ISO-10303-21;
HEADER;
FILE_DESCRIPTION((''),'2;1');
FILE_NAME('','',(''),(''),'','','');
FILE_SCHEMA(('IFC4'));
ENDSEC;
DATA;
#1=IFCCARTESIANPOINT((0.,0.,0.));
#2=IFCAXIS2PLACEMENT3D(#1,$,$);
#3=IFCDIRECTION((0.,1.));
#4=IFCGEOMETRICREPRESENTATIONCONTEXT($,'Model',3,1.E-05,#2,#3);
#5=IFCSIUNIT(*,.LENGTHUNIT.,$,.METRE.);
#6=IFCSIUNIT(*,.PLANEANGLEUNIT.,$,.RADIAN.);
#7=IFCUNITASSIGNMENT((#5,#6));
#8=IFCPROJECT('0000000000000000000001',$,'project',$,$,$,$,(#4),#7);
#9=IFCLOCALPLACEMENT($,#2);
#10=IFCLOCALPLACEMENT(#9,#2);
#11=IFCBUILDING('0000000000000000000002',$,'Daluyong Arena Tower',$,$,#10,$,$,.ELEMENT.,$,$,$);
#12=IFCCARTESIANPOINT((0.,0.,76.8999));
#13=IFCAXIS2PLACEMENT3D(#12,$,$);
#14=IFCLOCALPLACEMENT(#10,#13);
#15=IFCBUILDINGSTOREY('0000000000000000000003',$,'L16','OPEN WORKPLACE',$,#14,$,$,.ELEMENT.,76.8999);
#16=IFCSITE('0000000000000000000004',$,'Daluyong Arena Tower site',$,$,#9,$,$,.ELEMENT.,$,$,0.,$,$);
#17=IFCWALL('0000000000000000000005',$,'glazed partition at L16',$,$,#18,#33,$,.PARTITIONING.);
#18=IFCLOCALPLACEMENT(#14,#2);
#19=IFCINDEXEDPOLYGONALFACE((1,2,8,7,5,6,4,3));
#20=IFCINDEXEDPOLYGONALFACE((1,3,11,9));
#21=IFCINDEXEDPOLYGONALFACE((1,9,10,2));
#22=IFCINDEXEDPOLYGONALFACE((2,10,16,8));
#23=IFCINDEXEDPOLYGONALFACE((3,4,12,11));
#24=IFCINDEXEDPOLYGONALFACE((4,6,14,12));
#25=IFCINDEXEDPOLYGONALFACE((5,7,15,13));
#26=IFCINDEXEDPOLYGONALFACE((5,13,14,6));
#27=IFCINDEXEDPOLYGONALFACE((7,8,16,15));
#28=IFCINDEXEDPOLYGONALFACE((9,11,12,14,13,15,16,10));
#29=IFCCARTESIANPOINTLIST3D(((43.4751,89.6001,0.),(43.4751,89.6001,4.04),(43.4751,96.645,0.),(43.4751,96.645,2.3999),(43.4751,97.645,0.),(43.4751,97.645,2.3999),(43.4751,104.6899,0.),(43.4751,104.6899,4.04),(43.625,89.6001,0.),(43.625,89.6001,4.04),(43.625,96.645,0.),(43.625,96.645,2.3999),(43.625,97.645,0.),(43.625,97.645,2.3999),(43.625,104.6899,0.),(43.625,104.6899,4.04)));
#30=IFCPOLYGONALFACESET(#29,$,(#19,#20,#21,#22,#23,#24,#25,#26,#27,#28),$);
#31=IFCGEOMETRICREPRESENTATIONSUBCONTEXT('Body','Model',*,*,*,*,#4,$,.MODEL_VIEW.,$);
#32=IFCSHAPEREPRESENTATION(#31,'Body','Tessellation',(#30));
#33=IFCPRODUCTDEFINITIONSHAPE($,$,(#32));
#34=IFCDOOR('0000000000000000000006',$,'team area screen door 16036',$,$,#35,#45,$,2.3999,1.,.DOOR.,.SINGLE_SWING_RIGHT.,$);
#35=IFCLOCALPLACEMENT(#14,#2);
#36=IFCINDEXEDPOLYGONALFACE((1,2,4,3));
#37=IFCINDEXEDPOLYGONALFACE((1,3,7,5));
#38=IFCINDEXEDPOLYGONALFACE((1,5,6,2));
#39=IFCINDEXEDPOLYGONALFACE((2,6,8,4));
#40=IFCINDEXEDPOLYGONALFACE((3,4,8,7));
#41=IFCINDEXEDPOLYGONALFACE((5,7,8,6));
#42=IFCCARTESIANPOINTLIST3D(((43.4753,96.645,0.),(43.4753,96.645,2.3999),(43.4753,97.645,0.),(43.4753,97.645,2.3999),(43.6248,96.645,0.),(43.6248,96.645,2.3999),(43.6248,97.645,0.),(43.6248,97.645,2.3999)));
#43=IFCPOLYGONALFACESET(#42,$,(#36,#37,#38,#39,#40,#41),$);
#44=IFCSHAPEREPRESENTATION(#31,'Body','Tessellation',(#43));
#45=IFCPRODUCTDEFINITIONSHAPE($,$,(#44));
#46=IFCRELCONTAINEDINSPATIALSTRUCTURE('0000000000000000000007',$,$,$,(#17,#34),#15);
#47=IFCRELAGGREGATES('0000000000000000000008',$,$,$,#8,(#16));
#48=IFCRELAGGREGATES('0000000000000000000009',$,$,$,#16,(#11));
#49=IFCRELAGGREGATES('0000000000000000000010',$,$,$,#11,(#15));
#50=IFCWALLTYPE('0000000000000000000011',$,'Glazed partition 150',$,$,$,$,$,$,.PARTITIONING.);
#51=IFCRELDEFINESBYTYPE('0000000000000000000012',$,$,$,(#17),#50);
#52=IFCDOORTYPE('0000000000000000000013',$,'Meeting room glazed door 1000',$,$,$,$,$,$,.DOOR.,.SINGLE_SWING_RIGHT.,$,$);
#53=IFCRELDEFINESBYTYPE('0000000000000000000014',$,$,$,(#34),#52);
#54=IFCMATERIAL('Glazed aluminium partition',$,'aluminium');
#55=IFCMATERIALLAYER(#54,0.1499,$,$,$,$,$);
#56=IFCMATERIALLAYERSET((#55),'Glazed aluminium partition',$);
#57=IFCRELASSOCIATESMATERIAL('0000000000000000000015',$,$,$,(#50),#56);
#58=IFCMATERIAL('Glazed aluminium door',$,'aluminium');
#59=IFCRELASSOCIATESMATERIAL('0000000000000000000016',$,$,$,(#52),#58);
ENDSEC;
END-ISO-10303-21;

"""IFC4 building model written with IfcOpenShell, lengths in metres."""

from ifc_helpers import new_model, si_unit, direction, frame, frame_2d, origin, place, context, subcontext, project, spatial, rectangle, extrude, material, layer, layer_set, type_object, element, fill, save


model = new_model("IFC4")

# Units and contexts
model_context = context("Model", 3, precision=1e-05, world=origin(), true_north=direction((0.0, 1.0)))
body_context = subcontext(model_context, "Body", "Model", "MODEL_VIEW")
ifc_project = project(units=[si_unit("LENGTHUNIT", "METRE"), si_unit("PLANEANGLEUNIT", "RADIAN")], contexts=[model_context])

# Site, building, storey
site_placement = place(None, origin())
site = spatial("IfcSite", under=ifc_project, at=site_placement, Name="Daluyong Arena Tower site", CompositionType="ELEMENT", RefElevation=0.0)
building_placement = place(site_placement, origin())
building = spatial("IfcBuilding", under=site, at=building_placement, Name="Daluyong Arena Tower", CompositionType="ELEMENT")
storey_placement = place(building_placement, frame((0.0, 0.0, 76.8999)))
storey = spatial("IfcBuildingStorey", under=building, at=storey_placement, Name="L16", Description="OPEN WORKPLACE", CompositionType="ELEMENT", Elevation=76.8999)

# Wall, opening, door
ifc_material_1 = material(Name="Glazed aluminium partition", Category="aluminium")
ifc_layer_1 = layer(ifc_material_1, 0.1499)
ifc_layer_set_1 = layer_set([ifc_layer_1], Name="Glazed aluminium partition")
wall_type_1 = type_object("IfcWallType", Name="Glazed partition 150", PredefinedType="PARTITIONING", material=ifc_layer_set_1)
wall_1_placement = place(storey_placement, frame((43.55, 89.6001, 0.0), z_axis=(0.0, 0.0, 1.0), x_axis=(0.0, 1.0, 0.0)))
wall_1 = element("IfcWall", 1, at=wall_1_placement, inside=storey, type_object=wall_type_1, Name="glazed partition at L16", PredefinedType="PARTITIONING", context=body_context, shape_type="SweptSolid", body=[
    extrude(rectangle(XDim=15.0898, YDim=0.1499, at=frame_2d((7.5449, 0.0))), origin(), (0.0, 0.0, 1.0), 4.04),
])
opening_1_placement = place(wall_1_placement, frame((7.0449, 0.0, 0.0)))
opening_1 = element("IfcOpeningElement", 2, at=opening_1_placement, cuts=wall_1, PredefinedType="OPENING", context=body_context, shape_type="SweptSolid", body=[
    extrude(rectangle(XDim=1.0, YDim=2.3999, at=frame_2d((0.5, 1.2))), frame((0.0, 0.085, 0.0), z_axis=(0.0, -1.0, 0.0), x_axis=(1.0, 0.0, 0.0)), (0.0, 0.0, 1.0), 0.1699),
])
ifc_material_2 = material(Name="Glazed aluminium door", Category="aluminium")
door_type_1 = type_object("IfcDoorType", Name="Meeting room glazed door 1000", OperationType="SINGLE_SWING_RIGHT", PredefinedType="DOOR", material=ifc_material_2)
door_1_placement = place(opening_1_placement, origin())
door_1 = element("IfcDoor", 3, at=door_1_placement, inside=storey, type_object=door_type_1, Name="team area screen door 16036", OperationType="SINGLE_SWING_RIGHT", OverallHeight=2.3999, OverallWidth=1.0, PredefinedType="DOOR", context=body_context, shape_type="SweptSolid", body=[
    extrude(rectangle(XDim=1.0, YDim=2.3999, at=frame_2d((0.5, 1.2))), frame((0.0, 0.0747, 0.0), z_axis=(0.0, -1.0, 0.0), x_axis=(1.0, 0.0, 0.0)), (0.0, 0.0, 1.0), 0.1494),
])
fill(opening_1, door_1)

save(model, "model.ifc")
